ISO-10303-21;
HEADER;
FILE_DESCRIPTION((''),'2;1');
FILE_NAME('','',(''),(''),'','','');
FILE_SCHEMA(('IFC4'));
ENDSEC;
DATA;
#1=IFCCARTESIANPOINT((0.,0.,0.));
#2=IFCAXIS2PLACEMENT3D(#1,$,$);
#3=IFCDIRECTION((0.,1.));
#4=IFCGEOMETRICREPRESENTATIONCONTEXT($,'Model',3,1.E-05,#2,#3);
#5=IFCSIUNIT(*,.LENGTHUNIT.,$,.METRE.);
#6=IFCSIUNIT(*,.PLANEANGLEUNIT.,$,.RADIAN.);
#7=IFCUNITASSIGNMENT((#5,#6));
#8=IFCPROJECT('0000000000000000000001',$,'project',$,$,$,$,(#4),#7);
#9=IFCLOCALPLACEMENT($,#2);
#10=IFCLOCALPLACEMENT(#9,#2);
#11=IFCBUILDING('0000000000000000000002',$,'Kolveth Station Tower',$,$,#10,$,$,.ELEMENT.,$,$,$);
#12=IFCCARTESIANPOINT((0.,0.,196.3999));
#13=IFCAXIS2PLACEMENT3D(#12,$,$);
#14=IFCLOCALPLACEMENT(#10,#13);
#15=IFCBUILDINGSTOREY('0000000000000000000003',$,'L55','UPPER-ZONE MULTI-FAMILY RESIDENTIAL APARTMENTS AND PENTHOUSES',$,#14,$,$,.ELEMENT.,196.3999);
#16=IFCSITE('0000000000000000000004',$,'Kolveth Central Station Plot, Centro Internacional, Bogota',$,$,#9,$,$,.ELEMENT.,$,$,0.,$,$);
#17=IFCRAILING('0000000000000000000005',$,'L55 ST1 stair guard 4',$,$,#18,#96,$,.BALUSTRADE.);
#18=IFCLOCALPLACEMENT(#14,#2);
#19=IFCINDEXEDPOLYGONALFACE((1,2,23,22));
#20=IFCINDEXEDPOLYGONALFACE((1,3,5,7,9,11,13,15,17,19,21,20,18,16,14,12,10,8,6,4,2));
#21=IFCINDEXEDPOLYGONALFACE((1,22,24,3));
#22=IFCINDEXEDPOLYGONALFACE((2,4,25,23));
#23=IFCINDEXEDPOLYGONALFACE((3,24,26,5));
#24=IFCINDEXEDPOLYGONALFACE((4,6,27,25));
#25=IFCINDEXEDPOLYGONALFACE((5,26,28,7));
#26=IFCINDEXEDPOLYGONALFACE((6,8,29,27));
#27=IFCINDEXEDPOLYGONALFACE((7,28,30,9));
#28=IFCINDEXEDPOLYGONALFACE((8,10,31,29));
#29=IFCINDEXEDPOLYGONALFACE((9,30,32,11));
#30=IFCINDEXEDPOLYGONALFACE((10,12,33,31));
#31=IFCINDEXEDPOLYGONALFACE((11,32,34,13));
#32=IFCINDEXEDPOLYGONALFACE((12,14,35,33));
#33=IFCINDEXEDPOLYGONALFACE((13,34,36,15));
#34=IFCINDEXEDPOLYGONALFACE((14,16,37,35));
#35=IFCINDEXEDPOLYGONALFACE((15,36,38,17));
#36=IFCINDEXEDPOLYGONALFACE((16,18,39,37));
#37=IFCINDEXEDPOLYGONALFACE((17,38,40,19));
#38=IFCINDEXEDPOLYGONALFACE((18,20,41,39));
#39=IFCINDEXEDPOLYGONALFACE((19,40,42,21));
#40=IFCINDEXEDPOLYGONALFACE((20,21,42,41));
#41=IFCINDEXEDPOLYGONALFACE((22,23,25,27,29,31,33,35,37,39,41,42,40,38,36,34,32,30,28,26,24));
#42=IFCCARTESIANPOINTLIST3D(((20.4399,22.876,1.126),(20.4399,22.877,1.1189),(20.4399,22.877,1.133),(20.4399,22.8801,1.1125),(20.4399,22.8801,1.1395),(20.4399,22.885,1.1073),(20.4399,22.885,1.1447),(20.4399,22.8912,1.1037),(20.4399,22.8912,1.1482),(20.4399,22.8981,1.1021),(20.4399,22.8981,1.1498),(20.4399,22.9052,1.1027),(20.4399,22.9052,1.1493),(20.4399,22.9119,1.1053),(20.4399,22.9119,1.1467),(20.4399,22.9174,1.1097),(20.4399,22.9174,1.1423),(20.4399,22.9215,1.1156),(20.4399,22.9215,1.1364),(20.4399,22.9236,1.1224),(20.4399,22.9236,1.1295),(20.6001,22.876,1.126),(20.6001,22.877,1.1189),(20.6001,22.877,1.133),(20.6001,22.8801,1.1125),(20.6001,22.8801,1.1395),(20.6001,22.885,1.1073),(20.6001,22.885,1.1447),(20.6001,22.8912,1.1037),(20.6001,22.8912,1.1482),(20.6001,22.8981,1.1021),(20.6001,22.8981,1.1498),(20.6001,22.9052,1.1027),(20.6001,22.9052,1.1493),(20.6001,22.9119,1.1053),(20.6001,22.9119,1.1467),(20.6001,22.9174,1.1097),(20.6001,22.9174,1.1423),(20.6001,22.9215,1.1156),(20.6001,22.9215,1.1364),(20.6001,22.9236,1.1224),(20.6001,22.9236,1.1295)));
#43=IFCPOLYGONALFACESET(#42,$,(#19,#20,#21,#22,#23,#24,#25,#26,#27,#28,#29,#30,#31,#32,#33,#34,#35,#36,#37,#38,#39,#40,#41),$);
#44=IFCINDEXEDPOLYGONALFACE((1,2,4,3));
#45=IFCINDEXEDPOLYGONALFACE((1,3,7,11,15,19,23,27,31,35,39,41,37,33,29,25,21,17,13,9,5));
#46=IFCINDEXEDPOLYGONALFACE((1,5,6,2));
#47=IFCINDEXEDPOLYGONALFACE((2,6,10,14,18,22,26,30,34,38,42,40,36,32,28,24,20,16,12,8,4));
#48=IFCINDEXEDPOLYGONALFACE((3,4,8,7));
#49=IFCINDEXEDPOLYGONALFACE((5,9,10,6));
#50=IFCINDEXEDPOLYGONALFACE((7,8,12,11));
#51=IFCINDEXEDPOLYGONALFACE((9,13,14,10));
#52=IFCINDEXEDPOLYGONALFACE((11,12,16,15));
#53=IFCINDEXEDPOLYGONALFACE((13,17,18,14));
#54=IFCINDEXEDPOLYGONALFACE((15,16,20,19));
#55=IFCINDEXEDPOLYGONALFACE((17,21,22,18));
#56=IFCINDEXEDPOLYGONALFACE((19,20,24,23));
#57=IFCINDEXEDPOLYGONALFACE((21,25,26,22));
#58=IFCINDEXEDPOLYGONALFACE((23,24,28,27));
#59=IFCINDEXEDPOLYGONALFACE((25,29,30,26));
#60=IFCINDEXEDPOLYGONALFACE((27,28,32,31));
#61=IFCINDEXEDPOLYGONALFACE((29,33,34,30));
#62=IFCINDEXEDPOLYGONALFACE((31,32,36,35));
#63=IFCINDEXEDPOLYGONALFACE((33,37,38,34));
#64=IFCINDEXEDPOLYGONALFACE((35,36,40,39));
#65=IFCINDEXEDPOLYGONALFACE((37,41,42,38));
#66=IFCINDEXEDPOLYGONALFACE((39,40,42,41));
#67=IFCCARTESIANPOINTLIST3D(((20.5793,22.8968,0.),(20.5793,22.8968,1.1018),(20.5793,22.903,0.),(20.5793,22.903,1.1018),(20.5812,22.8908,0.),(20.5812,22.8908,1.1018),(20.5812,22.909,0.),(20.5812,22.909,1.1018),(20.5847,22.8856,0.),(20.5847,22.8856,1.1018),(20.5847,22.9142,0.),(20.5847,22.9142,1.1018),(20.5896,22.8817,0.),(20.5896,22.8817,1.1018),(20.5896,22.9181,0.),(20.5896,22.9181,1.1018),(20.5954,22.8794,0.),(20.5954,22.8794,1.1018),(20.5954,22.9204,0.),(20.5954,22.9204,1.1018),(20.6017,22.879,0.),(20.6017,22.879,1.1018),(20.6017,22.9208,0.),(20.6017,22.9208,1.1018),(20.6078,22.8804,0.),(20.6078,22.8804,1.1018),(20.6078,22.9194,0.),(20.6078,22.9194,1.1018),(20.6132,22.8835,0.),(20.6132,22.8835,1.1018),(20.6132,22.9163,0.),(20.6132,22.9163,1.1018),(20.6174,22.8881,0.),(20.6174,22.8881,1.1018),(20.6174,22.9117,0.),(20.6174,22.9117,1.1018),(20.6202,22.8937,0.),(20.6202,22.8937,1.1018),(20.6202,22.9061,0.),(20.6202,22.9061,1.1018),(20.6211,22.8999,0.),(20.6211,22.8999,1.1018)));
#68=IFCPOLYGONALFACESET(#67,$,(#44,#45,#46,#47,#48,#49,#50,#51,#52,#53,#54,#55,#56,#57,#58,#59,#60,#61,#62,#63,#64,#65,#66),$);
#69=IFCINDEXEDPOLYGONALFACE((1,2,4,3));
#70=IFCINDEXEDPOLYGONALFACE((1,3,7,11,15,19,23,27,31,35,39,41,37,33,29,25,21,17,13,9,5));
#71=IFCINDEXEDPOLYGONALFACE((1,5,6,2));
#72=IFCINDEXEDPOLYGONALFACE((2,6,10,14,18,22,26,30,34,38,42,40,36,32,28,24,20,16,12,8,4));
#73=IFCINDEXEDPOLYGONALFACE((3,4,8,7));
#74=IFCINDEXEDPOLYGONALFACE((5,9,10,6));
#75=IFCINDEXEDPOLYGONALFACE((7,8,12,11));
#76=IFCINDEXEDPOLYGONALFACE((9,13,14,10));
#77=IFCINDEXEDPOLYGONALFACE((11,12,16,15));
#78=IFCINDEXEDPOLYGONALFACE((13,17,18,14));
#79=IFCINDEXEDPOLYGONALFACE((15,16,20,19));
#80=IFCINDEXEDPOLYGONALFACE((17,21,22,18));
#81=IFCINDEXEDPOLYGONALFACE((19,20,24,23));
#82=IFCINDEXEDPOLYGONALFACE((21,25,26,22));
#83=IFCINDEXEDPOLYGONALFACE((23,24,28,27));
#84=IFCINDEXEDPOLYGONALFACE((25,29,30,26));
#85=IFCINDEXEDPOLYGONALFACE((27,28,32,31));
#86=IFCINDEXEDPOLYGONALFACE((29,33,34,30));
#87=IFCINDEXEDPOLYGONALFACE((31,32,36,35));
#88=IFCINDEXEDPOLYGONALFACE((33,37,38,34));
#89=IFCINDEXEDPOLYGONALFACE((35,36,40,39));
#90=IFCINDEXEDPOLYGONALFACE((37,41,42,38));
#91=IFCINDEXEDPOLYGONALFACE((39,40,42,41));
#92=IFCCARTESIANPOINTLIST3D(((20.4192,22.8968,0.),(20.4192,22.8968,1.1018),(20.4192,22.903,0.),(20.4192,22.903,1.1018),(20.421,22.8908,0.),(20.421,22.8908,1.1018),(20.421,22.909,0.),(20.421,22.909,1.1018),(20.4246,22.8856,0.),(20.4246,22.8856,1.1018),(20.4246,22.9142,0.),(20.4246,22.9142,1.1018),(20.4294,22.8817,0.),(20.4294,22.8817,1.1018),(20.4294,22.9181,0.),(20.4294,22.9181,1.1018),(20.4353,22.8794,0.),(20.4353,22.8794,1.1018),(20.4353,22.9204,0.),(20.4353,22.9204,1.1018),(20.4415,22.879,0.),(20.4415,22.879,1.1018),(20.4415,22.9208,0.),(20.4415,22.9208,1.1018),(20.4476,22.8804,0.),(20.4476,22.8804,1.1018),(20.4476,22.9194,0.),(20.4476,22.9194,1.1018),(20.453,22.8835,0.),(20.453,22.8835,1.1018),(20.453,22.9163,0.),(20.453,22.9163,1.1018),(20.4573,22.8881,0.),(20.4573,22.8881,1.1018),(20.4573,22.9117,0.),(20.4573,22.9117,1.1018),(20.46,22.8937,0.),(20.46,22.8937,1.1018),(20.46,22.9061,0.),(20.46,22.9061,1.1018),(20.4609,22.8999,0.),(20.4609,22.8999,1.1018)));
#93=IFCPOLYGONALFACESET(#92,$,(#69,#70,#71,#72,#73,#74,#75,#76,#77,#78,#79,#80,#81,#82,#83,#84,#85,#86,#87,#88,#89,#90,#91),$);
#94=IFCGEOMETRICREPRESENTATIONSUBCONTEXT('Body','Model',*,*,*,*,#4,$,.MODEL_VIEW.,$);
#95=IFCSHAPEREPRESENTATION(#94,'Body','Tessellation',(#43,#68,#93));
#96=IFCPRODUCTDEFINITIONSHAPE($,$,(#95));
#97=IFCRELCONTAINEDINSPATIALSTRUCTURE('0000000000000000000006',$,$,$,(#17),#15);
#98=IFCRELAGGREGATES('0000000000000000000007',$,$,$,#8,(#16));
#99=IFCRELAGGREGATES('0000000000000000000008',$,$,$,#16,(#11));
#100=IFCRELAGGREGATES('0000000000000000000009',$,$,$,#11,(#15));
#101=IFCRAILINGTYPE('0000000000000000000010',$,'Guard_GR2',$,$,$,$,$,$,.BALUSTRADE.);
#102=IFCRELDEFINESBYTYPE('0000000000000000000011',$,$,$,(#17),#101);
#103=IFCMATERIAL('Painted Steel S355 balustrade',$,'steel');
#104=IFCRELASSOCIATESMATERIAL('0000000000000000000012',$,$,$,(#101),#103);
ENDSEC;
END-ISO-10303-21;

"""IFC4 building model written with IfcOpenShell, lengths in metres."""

from ifc_helpers import new_model, si_unit, direction, frame, origin, origin_2d, place, context, subcontext, project, spatial, circle, extrude, material, type_object, element, save


model = new_model("IFC4")

# Units and contexts
model_context = context("Model", 3, precision=1e-05, world=origin(), true_north=direction((0.0, 1.0)))
body_context = subcontext(model_context, "Body", "Model", "MODEL_VIEW")
ifc_project = project(units=[si_unit("LENGTHUNIT", "METRE"), si_unit("PLANEANGLEUNIT", "RADIAN")], contexts=[model_context])

# Site, building, storey
site_placement = place(None, origin())
site = spatial("IfcSite", under=ifc_project, at=site_placement, Name="Kolveth Central Station Plot, Centro Internacional, Bogota", CompositionType="ELEMENT", RefElevation=0.0)
building_placement = place(site_placement, origin())
building = spatial("IfcBuilding", under=site, at=building_placement, Name="Kolveth Station Tower", CompositionType="ELEMENT")
storey_placement = place(building_placement, frame((0.0, 0.0, 196.3999)))
storey = spatial("IfcBuildingStorey", under=building, at=storey_placement, Name="L55", Description="UPPER-ZONE MULTI-FAMILY RESIDENTIAL APARTMENTS AND PENTHOUSES", CompositionType="ELEMENT", Elevation=196.3999)

# Railing
ifc_material_1 = material(Name="Painted Steel S355 balustrade", Category="steel")
railing_type_1 = type_object("IfcRailingType", Name="Guard_GR2", PredefinedType="BALUSTRADE", material=ifc_material_1)
railing_1_placement = place(storey_placement, frame((20.6001, 22.8999, 0.0)))
element("IfcRailing", 1, at=railing_1_placement, inside=storey, type_object=railing_type_1, Name="L55 ST1 stair guard 4", PredefinedType="BALUSTRADE", context=body_context, shape_type="SweptSolid", body=[
    extrude(circle(Radius=0.0239, at=origin_2d()), frame((0.0, 0.0, 1.126), z_axis=(-1.0, 0.0, 0.0), x_axis=(0.0, -1.0, 0.0)), (0.0, 0.0, 1.0), 0.1602),
    extrude(circle(Radius=0.021, at=origin_2d()), origin(), (0.0, 0.0, 1.0), 1.1018),
    extrude(circle(Radius=0.021, at=origin_2d()), frame((-0.1602, 0.0, 0.0)), (0.0, 0.0, 1.0), 1.1018),
])

save(model, "model.ifc")
